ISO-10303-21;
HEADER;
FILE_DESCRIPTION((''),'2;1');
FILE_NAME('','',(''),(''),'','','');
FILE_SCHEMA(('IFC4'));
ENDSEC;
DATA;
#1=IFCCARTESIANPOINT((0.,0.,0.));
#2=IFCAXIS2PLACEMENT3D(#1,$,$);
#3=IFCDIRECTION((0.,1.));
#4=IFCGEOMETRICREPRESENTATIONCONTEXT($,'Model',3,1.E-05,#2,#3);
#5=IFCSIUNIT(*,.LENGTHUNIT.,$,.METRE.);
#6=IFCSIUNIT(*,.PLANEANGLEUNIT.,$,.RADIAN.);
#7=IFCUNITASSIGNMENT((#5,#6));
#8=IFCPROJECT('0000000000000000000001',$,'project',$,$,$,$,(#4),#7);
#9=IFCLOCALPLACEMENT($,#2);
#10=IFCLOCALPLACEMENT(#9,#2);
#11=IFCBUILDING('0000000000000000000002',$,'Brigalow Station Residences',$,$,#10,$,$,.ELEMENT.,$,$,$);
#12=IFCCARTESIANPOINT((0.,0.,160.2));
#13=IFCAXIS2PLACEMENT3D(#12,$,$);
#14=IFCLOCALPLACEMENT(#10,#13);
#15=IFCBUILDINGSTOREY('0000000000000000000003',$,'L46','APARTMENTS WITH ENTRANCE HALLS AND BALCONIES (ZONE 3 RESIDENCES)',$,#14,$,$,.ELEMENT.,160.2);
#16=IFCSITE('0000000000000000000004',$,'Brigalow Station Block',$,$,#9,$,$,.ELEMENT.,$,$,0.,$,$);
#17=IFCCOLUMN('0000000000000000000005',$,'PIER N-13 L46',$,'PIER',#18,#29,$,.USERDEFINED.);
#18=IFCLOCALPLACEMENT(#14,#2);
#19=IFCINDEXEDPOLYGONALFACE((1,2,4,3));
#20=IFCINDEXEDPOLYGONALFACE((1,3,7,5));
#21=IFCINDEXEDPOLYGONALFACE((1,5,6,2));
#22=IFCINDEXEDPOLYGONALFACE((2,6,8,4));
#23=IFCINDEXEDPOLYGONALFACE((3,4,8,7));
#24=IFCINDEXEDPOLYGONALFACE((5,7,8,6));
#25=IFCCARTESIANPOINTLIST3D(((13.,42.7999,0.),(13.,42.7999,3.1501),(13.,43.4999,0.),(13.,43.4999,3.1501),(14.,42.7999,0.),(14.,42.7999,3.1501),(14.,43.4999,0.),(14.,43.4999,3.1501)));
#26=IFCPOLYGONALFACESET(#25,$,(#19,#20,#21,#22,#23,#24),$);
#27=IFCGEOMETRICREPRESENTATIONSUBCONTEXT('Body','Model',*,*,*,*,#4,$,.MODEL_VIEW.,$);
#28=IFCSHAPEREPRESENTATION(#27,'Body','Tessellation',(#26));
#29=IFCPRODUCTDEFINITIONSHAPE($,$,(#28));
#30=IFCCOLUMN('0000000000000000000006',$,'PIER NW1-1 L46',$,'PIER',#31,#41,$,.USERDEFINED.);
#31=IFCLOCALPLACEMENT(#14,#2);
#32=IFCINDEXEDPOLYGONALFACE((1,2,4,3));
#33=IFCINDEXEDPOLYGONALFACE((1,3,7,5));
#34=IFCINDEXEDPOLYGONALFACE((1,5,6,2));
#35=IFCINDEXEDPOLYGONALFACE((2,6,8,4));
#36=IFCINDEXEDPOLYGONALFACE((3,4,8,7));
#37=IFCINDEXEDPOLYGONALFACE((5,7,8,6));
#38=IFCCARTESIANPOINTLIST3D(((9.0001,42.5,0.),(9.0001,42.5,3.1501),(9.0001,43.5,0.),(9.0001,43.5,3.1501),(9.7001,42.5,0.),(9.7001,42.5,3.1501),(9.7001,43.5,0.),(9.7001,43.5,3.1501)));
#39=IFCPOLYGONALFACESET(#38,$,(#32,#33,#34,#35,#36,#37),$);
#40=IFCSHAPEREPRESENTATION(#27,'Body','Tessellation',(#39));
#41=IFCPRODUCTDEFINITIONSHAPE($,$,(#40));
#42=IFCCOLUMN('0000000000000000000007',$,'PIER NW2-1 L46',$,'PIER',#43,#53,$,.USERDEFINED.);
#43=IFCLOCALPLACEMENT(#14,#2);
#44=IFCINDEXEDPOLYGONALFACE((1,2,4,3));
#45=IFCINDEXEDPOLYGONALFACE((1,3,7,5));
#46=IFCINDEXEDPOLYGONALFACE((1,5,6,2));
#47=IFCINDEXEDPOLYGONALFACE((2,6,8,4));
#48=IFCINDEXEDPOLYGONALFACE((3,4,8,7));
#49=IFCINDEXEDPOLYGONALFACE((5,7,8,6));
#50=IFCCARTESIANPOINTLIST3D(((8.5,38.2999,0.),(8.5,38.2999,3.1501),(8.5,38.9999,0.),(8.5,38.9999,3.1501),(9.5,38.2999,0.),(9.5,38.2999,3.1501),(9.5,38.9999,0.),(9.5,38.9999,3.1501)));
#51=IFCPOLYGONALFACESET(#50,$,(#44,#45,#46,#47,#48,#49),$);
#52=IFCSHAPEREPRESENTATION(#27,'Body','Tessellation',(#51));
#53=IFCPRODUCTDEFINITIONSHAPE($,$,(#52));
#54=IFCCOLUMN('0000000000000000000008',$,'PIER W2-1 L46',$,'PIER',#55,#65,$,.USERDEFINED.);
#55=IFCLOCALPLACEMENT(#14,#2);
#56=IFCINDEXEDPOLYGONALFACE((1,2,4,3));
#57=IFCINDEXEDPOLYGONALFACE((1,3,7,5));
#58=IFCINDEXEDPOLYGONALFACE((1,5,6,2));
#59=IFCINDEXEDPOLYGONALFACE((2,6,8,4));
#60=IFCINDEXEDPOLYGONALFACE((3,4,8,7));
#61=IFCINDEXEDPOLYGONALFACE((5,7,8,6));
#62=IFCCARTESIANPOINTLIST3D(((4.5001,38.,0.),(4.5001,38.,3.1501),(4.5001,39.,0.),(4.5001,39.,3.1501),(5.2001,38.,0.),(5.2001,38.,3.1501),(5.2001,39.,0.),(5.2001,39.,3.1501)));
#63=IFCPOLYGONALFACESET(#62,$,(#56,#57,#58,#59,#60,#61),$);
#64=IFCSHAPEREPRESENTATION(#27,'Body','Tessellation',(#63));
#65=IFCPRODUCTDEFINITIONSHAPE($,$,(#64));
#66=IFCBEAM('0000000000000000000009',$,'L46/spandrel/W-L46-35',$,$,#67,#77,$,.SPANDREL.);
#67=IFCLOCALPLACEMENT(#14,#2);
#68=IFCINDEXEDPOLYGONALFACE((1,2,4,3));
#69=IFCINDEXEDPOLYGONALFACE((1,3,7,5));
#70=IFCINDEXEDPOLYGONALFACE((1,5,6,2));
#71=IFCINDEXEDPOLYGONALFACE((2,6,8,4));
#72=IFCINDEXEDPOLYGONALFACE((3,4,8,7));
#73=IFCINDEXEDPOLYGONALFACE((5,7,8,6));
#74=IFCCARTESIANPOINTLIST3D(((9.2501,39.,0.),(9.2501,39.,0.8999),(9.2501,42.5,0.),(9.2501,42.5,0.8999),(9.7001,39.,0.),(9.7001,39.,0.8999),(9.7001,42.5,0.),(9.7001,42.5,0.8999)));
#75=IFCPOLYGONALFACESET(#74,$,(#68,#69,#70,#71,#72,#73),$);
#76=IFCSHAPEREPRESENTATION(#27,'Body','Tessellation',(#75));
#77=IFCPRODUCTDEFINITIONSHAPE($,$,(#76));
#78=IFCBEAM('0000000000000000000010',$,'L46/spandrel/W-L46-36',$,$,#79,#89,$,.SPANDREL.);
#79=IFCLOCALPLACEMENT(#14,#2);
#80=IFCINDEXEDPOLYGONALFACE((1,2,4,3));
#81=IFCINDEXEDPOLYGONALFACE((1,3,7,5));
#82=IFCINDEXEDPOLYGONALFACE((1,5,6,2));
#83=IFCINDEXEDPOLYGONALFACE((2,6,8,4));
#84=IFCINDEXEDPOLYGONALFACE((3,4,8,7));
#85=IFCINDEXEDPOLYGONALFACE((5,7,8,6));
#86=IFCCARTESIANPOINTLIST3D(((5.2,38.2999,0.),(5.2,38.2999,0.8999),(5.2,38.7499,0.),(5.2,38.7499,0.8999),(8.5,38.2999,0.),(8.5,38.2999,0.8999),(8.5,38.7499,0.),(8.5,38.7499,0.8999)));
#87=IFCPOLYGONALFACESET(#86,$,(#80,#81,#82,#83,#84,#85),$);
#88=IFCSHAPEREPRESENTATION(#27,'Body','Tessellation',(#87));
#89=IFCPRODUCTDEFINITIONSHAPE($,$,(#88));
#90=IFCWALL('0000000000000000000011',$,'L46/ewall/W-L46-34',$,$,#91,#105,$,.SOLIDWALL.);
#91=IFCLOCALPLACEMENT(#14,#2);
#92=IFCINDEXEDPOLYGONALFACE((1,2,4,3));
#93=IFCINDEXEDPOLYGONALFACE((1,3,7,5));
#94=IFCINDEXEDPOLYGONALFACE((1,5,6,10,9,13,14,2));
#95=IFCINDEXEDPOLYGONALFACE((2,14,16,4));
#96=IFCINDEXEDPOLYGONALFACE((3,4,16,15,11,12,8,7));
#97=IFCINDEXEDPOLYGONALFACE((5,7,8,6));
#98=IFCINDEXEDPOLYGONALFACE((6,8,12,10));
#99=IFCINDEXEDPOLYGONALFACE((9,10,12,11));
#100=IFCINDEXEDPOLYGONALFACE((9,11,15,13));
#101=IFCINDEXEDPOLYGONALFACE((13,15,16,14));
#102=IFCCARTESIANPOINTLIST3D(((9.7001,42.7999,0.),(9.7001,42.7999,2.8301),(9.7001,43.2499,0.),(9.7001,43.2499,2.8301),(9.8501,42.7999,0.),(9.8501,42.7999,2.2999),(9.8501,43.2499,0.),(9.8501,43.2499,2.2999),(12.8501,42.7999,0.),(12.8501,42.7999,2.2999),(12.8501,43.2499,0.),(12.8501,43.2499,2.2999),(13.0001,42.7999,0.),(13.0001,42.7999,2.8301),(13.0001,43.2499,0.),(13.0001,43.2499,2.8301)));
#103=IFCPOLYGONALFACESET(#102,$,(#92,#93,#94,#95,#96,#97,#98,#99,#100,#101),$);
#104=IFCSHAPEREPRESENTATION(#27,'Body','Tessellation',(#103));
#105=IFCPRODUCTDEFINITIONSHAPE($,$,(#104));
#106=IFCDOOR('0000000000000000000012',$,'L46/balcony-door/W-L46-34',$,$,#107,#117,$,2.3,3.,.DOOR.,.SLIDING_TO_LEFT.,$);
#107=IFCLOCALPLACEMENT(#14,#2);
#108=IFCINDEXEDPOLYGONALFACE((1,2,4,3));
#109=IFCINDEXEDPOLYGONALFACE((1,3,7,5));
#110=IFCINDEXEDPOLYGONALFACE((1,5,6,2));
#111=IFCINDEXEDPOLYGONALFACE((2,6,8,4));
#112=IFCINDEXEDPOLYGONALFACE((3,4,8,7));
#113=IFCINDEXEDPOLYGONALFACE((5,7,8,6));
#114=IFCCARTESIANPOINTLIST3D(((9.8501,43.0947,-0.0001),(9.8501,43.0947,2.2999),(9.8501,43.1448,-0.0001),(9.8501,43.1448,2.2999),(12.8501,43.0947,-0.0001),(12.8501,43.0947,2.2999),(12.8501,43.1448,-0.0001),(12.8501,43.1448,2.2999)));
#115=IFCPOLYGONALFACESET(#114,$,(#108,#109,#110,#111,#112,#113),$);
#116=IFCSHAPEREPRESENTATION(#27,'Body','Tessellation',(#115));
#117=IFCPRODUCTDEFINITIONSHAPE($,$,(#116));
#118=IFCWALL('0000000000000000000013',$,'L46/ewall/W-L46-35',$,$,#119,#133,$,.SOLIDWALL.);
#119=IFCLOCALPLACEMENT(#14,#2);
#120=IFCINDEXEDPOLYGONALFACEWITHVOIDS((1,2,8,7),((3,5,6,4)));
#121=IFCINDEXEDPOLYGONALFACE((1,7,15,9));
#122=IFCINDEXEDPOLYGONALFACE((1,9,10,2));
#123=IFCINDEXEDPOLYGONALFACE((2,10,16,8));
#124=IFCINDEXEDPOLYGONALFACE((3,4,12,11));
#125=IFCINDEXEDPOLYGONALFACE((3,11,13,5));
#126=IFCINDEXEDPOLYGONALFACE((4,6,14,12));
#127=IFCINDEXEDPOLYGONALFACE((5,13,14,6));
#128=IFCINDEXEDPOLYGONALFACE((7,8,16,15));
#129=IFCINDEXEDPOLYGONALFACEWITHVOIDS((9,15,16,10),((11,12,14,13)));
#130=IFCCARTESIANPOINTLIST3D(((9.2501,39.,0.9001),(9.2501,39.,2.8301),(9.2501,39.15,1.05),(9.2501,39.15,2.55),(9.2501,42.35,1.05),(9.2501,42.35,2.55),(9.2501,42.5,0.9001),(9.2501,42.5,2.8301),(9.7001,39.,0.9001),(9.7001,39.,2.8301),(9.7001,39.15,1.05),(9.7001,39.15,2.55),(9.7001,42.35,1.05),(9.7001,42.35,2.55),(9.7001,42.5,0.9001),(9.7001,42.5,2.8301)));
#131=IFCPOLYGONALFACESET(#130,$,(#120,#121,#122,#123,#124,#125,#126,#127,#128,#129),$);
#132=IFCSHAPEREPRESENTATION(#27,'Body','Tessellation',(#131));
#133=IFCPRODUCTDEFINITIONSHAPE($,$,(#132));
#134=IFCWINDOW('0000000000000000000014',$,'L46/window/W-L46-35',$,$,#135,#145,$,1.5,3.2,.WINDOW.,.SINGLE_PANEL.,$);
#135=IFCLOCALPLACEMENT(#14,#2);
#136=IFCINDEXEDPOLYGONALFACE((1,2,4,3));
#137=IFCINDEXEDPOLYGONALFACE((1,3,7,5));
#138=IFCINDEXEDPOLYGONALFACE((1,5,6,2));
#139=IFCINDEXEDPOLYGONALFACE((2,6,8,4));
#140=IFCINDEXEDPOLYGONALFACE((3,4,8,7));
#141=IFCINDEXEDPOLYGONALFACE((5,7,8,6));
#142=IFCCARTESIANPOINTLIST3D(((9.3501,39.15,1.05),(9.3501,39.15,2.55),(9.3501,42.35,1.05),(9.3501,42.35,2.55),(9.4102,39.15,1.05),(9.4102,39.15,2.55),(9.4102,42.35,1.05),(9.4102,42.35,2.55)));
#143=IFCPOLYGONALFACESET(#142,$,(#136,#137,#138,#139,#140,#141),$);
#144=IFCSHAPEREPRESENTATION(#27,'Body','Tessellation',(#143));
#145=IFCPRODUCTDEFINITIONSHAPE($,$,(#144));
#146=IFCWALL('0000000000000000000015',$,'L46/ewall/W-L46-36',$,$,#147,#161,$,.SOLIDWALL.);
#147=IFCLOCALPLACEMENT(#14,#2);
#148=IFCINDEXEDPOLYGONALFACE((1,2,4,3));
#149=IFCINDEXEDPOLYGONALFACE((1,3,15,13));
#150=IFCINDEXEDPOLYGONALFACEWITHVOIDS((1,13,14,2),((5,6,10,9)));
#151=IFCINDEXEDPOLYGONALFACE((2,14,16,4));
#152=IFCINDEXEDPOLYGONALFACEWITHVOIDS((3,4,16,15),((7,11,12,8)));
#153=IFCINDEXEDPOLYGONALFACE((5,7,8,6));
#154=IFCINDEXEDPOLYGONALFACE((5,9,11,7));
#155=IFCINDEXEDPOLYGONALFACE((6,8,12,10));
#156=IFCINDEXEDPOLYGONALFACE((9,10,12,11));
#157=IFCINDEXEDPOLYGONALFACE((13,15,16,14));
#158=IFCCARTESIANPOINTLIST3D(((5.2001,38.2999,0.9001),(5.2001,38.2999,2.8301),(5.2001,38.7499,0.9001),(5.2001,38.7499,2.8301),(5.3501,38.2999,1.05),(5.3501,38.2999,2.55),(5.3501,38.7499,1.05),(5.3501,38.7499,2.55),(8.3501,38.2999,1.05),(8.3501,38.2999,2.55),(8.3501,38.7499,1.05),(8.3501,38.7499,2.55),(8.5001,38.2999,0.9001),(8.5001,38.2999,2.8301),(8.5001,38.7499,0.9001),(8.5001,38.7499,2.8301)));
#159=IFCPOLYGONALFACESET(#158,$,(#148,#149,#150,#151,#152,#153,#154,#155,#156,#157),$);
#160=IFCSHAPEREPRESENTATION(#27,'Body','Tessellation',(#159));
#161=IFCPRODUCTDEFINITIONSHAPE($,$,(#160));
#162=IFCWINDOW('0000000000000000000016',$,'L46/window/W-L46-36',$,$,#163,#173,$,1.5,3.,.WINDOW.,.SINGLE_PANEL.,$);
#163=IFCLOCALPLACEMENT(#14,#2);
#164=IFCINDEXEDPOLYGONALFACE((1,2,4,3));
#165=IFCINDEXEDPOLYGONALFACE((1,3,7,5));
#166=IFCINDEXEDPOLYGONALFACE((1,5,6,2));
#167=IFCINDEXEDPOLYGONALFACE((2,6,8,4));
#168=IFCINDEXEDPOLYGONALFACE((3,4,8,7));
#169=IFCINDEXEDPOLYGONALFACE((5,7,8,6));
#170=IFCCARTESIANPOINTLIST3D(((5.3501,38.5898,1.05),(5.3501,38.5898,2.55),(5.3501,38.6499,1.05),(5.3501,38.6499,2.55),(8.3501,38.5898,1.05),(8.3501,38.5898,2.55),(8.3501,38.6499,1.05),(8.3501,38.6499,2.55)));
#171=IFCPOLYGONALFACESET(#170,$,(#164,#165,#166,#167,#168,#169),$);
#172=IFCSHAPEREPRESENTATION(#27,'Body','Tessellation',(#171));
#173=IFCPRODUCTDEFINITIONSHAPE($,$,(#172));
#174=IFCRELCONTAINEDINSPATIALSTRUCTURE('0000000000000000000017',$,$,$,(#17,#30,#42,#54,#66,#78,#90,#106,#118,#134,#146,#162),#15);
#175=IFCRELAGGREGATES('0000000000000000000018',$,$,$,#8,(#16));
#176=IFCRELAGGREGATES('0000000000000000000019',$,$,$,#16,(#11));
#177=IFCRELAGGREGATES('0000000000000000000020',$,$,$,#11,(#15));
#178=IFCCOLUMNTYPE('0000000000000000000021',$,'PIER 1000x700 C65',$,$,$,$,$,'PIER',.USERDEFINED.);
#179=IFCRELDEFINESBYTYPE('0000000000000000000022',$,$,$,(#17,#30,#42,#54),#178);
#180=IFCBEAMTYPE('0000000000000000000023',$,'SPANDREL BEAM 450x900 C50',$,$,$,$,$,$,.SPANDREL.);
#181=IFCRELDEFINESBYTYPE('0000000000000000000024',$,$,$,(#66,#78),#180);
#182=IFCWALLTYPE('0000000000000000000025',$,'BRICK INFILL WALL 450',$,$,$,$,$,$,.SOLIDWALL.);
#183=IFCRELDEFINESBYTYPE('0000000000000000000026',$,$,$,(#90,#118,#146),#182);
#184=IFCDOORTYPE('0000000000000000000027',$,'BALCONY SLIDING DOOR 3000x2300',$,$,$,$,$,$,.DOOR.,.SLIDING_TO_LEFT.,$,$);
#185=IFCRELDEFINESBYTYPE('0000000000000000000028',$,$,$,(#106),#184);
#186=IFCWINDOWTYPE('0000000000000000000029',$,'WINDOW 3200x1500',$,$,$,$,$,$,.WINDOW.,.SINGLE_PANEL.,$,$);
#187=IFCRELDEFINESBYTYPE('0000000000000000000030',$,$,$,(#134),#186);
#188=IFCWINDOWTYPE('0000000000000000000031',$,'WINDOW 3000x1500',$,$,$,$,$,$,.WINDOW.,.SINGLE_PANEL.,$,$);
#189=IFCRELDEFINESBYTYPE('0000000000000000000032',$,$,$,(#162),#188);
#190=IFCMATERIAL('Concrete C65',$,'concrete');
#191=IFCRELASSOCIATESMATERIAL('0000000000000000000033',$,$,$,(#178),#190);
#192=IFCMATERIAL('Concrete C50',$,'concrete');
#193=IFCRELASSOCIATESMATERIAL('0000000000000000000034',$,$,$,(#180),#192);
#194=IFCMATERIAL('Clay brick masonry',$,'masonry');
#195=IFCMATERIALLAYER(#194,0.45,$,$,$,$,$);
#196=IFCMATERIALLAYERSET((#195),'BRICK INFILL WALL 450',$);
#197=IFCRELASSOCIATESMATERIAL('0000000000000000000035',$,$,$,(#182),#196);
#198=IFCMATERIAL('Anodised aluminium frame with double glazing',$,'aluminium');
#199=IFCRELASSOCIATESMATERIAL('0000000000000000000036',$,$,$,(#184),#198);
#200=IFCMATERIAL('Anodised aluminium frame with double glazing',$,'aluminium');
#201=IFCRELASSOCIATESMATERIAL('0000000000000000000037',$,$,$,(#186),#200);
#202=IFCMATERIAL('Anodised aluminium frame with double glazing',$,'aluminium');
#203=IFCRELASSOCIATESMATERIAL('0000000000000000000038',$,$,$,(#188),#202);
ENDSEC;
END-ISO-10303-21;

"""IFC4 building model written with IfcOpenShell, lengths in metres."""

from ifc_helpers import new_model, si_unit, direction, frame, frame_2d, origin, origin_2d, place, context, subcontext, project, spatial, rectangle, extrude, material, layer, layer_set, material_profile, profile_set, type_object, element, fill, save


model = new_model("IFC4")

# Units and contexts
model_context = context("Model", 3, precision=1e-05, world=origin(), true_north=direction((0.0, 1.0)))
body_context = subcontext(model_context, "Body", "Model", "MODEL_VIEW")
ifc_project = project(units=[si_unit("LENGTHUNIT", "METRE"), si_unit("PLANEANGLEUNIT", "RADIAN")], contexts=[model_context])

# Site, building, storey
site_placement = place(None, origin())
site = spatial("IfcSite", under=ifc_project, at=site_placement, Name="Brigalow Station Block", CompositionType="ELEMENT", RefElevation=0.0)
building_placement = place(site_placement, origin())
building = spatial("IfcBuilding", under=site, at=building_placement, Name="Brigalow Station Residences", CompositionType="ELEMENT")
storey_placement = place(building_placement, frame((0.0, 0.0, 160.2)))
storey = spatial("IfcBuildingStorey", under=building, at=storey_placement, Name="L46", Description="APARTMENTS WITH ENTRANCE HALLS AND BALCONIES (ZONE 3 RESIDENCES)", CompositionType="ELEMENT", Elevation=160.2)

# Columns
ifc_material_1 = material(Name="Concrete C65", Category="concrete")
ifc_material_profile_1 = material_profile(ifc_material_1, rectangle(XDim=1.0, YDim=0.7, at=origin_2d()), Name="RC1000x700")
ifc_profile_set_1 = profile_set([ifc_material_profile_1], Name="Concrete C65")
column_type = type_object("IfcColumnType", Name="PIER 1000x700 C65", ElementType="PIER", PredefinedType="USERDEFINED", material=ifc_profile_set_1)
for number, where, z_axis, x_axis, name in (
    (1, (13.5, 43.1499, 0.0), (0.0, 0.0, 1.0), (-1.0, 0.0, 0.0), "PIER N-13 L46"),
    (2, (9.3501, 43.0, 0.0), (0.0, 0.0, 1.0), (0.0, -1.0, 0.0), "PIER NW1-1 L46"),
    (3, (9.0, 38.6499, 0.0), (0.0, 0.0, 1.0), (-1.0, 0.0, 0.0), "PIER NW2-1 L46"),
    (4, (4.8501, 38.5, 0.0), (0.0, 0.0, 1.0), (0.0, -1.0, 0.0), "PIER W2-1 L46"),
):
    element("IfcColumn", number, at=place(storey_placement, frame(where, z_axis=z_axis, x_axis=x_axis)), inside=storey, type_object=column_type, Name=name, ObjectType="PIER", PredefinedType="USERDEFINED", context=body_context, shape_type="SweptSolid", body=[
        extrude(rectangle(XDim=1.0, YDim=0.7, at=origin_2d()), origin(), (0.0, 0.0, 1.0), 3.1501),
    ])

# Beams
ifc_material_2 = material(Name="Concrete C50", Category="concrete")
ifc_material_profile_2 = material_profile(ifc_material_2, rectangle(XDim=0.45, YDim=0.8999, at=origin_2d()), Name="RC450x900")
ifc_profile_set_2 = profile_set([ifc_material_profile_2], Name="Concrete C50")
beam_type = type_object("IfcBeamType", Name="SPANDREL BEAM 450x900 C50", PredefinedType="SPANDREL", material=ifc_profile_set_2)
beam_1_placement = place(storey_placement, frame((9.4751, 42.5, 0.45), z_axis=(0.0, -1.0, 0.0), x_axis=(1.0, 0.0, 0.0)))
element("IfcBeam", 5, at=beam_1_placement, inside=storey, type_object=beam_type, Name="L46/spandrel/W-L46-35", PredefinedType="SPANDREL", context=body_context, shape_type="SweptSolid", body=[
    extrude(rectangle(XDim=0.45, YDim=0.8999, at=origin_2d()), origin(), (0.0, 0.0, 1.0), 3.5),
])
beam_2_placement = place(storey_placement, frame((8.5, 38.5249, 0.45), z_axis=(-1.0, 0.0, 0.0), x_axis=(0.0, -1.0, 0.0)))
element("IfcBeam", 6, at=beam_2_placement, inside=storey, type_object=beam_type, Name="L46/spandrel/W-L46-36", PredefinedType="SPANDREL", context=body_context, shape_type="SweptSolid", body=[
    extrude(rectangle(XDim=0.45, YDim=0.8999, at=origin_2d()), origin(), (0.0, 0.0, 1.0), 3.3),
])

# Wall, opening, door
ifc_material_3 = material(Name="Clay brick masonry", Category="masonry")
ifc_layer_1 = layer(ifc_material_3, 0.45)
ifc_layer_set_1 = layer_set([ifc_layer_1], Name="BRICK INFILL WALL 450")
wall_type_1 = type_object("IfcWallType", Name="BRICK INFILL WALL 450", PredefinedType="SOLIDWALL", material=ifc_layer_set_1)
wall_1_placement = place(storey_placement, frame((13.0, 43.0249, 0.0), z_axis=(0.0, 0.0, 1.0), x_axis=(-1.0, 0.0, 0.0)))
wall_1 = element("IfcWall", 7, at=wall_1_placement, inside=storey, type_object=wall_type_1, Name="L46/ewall/W-L46-34", PredefinedType="SOLIDWALL", context=body_context, shape_type="SweptSolid", body=[
    extrude(rectangle(XDim=3.3, YDim=0.45, at=frame_2d((1.6499, 0.0))), origin(), (0.0, 0.0, 1.0), 2.8301),
])
opening_1_placement = place(wall_1_placement, frame((0.1499, 0.0, 0.0)))
opening_1 = element("IfcOpeningElement", 8, at=opening_1_placement, cuts=wall_1, PredefinedType="OPENING", context=body_context, shape_type="SweptSolid", body=[
    extrude(rectangle(XDim=3.0, YDim=2.3, at=frame_2d((1.5, 1.1499))), frame((0.0, 0.2349, 0.0), z_axis=(0.0, -1.0, 0.0), x_axis=(1.0, 0.0, 0.0)), (0.0, 0.0, 1.0), 0.47),
])
ifc_material_4 = material(Name="Anodised aluminium frame with double glazing", Category="aluminium")
door_type_1 = type_object("IfcDoorType", Name="BALCONY SLIDING DOOR 3000x2300", OperationType="SLIDING_TO_LEFT", PredefinedType="DOOR", material=ifc_material_4)
door_1_placement = place(opening_1_placement, origin())
door_1 = element("IfcDoor", 9, at=door_1_placement, inside=storey, type_object=door_type_1, Name="L46/balcony-door/W-L46-34", OperationType="SLIDING_TO_LEFT", OverallHeight=2.3, OverallWidth=3.0, PredefinedType="DOOR", context=body_context, shape_type="SweptSolid", body=[
    extrude(rectangle(XDim=3.0, YDim=2.3, at=frame_2d((1.5, 1.1499))), frame((0.0, -0.0698, 0.0), z_axis=(0.0, -1.0, 0.0), x_axis=(1.0, 0.0, 0.0)), (0.0, 0.0, 1.0), 0.05),
])
fill(opening_1, door_1)

# Walls, openings, windows
wall_2_placement = place(storey_placement, frame((9.4751, 42.5, 0.9001), z_axis=(0.0, 0.0, 1.0), x_axis=(0.0, -1.0, 0.0)))
wall_2 = element("IfcWall", 10, at=wall_2_placement, inside=storey, type_object=wall_type_1, Name="L46/ewall/W-L46-35", PredefinedType="SOLIDWALL", context=body_context, shape_type="SweptSolid", body=[
    extrude(rectangle(XDim=3.5, YDim=0.45, at=frame_2d((1.75, 0.0))), origin(), (0.0, 0.0, 1.0), 1.9299),
])
opening_2_placement = place(wall_2_placement, frame((0.1499, 0.0, 0.1499)))
opening_2 = element("IfcOpeningElement", 11, at=opening_2_placement, cuts=wall_2, PredefinedType="OPENING", context=body_context, shape_type="SweptSolid", body=[
    extrude(rectangle(XDim=3.2, YDim=1.5, at=frame_2d((1.6001, 0.75))), frame((0.0, 0.2349, 0.0), z_axis=(0.0, -1.0, 0.0), x_axis=(1.0, 0.0, 0.0)), (0.0, 0.0, 1.0), 0.47),
])
ifc_material_5 = material(Name="Anodised aluminium frame with double glazing", Category="aluminium")
window_type_1 = type_object("IfcWindowType", Name="WINDOW 3200x1500", PartitioningType="SINGLE_PANEL", PredefinedType="WINDOW", material=ifc_material_5)
window_1_placement = place(opening_2_placement, origin())
window_1 = element("IfcWindow", 12, at=window_1_placement, inside=storey, type_object=window_type_1, Name="L46/window/W-L46-35", OverallHeight=1.5, OverallWidth=3.2, PartitioningType="SINGLE_PANEL", PredefinedType="WINDOW", context=body_context, shape_type="SweptSolid", body=[
    extrude(rectangle(XDim=3.2, YDim=1.5, at=frame_2d((1.6001, 0.75))), frame((0.0, -0.0649, 0.0), z_axis=(0.0, -1.0, 0.0), x_axis=(1.0, 0.0, 0.0)), (0.0, 0.0, 1.0), 0.0601),
])
fill(opening_2, window_1)
wall_3_placement = place(storey_placement, frame((8.5, 38.5249, 0.9001), z_axis=(0.0, 0.0, 1.0), x_axis=(-1.0, 0.0, 0.0)))
wall_3 = element("IfcWall", 13, at=wall_3_placement, inside=storey, type_object=wall_type_1, Name="L46/ewall/W-L46-36", PredefinedType="SOLIDWALL", context=body_context, shape_type="SweptSolid", body=[
    extrude(rectangle(XDim=3.3, YDim=0.45, at=frame_2d((1.6499, 0.0))), origin(), (0.0, 0.0, 1.0), 1.9299),
])
opening_3_placement = place(wall_3_placement, frame((0.1499, 0.0, 0.1499)))
opening_3 = element("IfcOpeningElement", 14, at=opening_3_placement, cuts=wall_3, PredefinedType="OPENING", context=body_context, shape_type="SweptSolid", body=[
    extrude(rectangle(XDim=3.0, YDim=1.5, at=frame_2d((1.5, 0.75))), frame((0.0, 0.2349, 0.0), z_axis=(0.0, -1.0, 0.0), x_axis=(1.0, 0.0, 0.0)), (0.0, 0.0, 1.0), 0.47),
])
ifc_material_6 = material(Name="Anodised aluminium frame with double glazing", Category="aluminium")
window_type_2 = type_object("IfcWindowType", Name="WINDOW 3000x1500", PartitioningType="SINGLE_PANEL", PredefinedType="WINDOW", material=ifc_material_6)
window_2_placement = place(opening_3_placement, origin())
window_2 = element("IfcWindow", 15, at=window_2_placement, inside=storey, type_object=window_type_2, Name="L46/window/W-L46-36", OverallHeight=1.5, OverallWidth=3.0, PartitioningType="SINGLE_PANEL", PredefinedType="WINDOW", context=body_context, shape_type="SweptSolid", body=[
    extrude(rectangle(XDim=3.0, YDim=1.5, at=frame_2d((1.5, 0.75))), frame((0.0, -0.0649, 0.0), z_axis=(0.0, -1.0, 0.0), x_axis=(1.0, 0.0, 0.0)), (0.0, 0.0, 1.0), 0.0601),
])
fill(opening_3, window_2)

save(model, "model.ifc")
